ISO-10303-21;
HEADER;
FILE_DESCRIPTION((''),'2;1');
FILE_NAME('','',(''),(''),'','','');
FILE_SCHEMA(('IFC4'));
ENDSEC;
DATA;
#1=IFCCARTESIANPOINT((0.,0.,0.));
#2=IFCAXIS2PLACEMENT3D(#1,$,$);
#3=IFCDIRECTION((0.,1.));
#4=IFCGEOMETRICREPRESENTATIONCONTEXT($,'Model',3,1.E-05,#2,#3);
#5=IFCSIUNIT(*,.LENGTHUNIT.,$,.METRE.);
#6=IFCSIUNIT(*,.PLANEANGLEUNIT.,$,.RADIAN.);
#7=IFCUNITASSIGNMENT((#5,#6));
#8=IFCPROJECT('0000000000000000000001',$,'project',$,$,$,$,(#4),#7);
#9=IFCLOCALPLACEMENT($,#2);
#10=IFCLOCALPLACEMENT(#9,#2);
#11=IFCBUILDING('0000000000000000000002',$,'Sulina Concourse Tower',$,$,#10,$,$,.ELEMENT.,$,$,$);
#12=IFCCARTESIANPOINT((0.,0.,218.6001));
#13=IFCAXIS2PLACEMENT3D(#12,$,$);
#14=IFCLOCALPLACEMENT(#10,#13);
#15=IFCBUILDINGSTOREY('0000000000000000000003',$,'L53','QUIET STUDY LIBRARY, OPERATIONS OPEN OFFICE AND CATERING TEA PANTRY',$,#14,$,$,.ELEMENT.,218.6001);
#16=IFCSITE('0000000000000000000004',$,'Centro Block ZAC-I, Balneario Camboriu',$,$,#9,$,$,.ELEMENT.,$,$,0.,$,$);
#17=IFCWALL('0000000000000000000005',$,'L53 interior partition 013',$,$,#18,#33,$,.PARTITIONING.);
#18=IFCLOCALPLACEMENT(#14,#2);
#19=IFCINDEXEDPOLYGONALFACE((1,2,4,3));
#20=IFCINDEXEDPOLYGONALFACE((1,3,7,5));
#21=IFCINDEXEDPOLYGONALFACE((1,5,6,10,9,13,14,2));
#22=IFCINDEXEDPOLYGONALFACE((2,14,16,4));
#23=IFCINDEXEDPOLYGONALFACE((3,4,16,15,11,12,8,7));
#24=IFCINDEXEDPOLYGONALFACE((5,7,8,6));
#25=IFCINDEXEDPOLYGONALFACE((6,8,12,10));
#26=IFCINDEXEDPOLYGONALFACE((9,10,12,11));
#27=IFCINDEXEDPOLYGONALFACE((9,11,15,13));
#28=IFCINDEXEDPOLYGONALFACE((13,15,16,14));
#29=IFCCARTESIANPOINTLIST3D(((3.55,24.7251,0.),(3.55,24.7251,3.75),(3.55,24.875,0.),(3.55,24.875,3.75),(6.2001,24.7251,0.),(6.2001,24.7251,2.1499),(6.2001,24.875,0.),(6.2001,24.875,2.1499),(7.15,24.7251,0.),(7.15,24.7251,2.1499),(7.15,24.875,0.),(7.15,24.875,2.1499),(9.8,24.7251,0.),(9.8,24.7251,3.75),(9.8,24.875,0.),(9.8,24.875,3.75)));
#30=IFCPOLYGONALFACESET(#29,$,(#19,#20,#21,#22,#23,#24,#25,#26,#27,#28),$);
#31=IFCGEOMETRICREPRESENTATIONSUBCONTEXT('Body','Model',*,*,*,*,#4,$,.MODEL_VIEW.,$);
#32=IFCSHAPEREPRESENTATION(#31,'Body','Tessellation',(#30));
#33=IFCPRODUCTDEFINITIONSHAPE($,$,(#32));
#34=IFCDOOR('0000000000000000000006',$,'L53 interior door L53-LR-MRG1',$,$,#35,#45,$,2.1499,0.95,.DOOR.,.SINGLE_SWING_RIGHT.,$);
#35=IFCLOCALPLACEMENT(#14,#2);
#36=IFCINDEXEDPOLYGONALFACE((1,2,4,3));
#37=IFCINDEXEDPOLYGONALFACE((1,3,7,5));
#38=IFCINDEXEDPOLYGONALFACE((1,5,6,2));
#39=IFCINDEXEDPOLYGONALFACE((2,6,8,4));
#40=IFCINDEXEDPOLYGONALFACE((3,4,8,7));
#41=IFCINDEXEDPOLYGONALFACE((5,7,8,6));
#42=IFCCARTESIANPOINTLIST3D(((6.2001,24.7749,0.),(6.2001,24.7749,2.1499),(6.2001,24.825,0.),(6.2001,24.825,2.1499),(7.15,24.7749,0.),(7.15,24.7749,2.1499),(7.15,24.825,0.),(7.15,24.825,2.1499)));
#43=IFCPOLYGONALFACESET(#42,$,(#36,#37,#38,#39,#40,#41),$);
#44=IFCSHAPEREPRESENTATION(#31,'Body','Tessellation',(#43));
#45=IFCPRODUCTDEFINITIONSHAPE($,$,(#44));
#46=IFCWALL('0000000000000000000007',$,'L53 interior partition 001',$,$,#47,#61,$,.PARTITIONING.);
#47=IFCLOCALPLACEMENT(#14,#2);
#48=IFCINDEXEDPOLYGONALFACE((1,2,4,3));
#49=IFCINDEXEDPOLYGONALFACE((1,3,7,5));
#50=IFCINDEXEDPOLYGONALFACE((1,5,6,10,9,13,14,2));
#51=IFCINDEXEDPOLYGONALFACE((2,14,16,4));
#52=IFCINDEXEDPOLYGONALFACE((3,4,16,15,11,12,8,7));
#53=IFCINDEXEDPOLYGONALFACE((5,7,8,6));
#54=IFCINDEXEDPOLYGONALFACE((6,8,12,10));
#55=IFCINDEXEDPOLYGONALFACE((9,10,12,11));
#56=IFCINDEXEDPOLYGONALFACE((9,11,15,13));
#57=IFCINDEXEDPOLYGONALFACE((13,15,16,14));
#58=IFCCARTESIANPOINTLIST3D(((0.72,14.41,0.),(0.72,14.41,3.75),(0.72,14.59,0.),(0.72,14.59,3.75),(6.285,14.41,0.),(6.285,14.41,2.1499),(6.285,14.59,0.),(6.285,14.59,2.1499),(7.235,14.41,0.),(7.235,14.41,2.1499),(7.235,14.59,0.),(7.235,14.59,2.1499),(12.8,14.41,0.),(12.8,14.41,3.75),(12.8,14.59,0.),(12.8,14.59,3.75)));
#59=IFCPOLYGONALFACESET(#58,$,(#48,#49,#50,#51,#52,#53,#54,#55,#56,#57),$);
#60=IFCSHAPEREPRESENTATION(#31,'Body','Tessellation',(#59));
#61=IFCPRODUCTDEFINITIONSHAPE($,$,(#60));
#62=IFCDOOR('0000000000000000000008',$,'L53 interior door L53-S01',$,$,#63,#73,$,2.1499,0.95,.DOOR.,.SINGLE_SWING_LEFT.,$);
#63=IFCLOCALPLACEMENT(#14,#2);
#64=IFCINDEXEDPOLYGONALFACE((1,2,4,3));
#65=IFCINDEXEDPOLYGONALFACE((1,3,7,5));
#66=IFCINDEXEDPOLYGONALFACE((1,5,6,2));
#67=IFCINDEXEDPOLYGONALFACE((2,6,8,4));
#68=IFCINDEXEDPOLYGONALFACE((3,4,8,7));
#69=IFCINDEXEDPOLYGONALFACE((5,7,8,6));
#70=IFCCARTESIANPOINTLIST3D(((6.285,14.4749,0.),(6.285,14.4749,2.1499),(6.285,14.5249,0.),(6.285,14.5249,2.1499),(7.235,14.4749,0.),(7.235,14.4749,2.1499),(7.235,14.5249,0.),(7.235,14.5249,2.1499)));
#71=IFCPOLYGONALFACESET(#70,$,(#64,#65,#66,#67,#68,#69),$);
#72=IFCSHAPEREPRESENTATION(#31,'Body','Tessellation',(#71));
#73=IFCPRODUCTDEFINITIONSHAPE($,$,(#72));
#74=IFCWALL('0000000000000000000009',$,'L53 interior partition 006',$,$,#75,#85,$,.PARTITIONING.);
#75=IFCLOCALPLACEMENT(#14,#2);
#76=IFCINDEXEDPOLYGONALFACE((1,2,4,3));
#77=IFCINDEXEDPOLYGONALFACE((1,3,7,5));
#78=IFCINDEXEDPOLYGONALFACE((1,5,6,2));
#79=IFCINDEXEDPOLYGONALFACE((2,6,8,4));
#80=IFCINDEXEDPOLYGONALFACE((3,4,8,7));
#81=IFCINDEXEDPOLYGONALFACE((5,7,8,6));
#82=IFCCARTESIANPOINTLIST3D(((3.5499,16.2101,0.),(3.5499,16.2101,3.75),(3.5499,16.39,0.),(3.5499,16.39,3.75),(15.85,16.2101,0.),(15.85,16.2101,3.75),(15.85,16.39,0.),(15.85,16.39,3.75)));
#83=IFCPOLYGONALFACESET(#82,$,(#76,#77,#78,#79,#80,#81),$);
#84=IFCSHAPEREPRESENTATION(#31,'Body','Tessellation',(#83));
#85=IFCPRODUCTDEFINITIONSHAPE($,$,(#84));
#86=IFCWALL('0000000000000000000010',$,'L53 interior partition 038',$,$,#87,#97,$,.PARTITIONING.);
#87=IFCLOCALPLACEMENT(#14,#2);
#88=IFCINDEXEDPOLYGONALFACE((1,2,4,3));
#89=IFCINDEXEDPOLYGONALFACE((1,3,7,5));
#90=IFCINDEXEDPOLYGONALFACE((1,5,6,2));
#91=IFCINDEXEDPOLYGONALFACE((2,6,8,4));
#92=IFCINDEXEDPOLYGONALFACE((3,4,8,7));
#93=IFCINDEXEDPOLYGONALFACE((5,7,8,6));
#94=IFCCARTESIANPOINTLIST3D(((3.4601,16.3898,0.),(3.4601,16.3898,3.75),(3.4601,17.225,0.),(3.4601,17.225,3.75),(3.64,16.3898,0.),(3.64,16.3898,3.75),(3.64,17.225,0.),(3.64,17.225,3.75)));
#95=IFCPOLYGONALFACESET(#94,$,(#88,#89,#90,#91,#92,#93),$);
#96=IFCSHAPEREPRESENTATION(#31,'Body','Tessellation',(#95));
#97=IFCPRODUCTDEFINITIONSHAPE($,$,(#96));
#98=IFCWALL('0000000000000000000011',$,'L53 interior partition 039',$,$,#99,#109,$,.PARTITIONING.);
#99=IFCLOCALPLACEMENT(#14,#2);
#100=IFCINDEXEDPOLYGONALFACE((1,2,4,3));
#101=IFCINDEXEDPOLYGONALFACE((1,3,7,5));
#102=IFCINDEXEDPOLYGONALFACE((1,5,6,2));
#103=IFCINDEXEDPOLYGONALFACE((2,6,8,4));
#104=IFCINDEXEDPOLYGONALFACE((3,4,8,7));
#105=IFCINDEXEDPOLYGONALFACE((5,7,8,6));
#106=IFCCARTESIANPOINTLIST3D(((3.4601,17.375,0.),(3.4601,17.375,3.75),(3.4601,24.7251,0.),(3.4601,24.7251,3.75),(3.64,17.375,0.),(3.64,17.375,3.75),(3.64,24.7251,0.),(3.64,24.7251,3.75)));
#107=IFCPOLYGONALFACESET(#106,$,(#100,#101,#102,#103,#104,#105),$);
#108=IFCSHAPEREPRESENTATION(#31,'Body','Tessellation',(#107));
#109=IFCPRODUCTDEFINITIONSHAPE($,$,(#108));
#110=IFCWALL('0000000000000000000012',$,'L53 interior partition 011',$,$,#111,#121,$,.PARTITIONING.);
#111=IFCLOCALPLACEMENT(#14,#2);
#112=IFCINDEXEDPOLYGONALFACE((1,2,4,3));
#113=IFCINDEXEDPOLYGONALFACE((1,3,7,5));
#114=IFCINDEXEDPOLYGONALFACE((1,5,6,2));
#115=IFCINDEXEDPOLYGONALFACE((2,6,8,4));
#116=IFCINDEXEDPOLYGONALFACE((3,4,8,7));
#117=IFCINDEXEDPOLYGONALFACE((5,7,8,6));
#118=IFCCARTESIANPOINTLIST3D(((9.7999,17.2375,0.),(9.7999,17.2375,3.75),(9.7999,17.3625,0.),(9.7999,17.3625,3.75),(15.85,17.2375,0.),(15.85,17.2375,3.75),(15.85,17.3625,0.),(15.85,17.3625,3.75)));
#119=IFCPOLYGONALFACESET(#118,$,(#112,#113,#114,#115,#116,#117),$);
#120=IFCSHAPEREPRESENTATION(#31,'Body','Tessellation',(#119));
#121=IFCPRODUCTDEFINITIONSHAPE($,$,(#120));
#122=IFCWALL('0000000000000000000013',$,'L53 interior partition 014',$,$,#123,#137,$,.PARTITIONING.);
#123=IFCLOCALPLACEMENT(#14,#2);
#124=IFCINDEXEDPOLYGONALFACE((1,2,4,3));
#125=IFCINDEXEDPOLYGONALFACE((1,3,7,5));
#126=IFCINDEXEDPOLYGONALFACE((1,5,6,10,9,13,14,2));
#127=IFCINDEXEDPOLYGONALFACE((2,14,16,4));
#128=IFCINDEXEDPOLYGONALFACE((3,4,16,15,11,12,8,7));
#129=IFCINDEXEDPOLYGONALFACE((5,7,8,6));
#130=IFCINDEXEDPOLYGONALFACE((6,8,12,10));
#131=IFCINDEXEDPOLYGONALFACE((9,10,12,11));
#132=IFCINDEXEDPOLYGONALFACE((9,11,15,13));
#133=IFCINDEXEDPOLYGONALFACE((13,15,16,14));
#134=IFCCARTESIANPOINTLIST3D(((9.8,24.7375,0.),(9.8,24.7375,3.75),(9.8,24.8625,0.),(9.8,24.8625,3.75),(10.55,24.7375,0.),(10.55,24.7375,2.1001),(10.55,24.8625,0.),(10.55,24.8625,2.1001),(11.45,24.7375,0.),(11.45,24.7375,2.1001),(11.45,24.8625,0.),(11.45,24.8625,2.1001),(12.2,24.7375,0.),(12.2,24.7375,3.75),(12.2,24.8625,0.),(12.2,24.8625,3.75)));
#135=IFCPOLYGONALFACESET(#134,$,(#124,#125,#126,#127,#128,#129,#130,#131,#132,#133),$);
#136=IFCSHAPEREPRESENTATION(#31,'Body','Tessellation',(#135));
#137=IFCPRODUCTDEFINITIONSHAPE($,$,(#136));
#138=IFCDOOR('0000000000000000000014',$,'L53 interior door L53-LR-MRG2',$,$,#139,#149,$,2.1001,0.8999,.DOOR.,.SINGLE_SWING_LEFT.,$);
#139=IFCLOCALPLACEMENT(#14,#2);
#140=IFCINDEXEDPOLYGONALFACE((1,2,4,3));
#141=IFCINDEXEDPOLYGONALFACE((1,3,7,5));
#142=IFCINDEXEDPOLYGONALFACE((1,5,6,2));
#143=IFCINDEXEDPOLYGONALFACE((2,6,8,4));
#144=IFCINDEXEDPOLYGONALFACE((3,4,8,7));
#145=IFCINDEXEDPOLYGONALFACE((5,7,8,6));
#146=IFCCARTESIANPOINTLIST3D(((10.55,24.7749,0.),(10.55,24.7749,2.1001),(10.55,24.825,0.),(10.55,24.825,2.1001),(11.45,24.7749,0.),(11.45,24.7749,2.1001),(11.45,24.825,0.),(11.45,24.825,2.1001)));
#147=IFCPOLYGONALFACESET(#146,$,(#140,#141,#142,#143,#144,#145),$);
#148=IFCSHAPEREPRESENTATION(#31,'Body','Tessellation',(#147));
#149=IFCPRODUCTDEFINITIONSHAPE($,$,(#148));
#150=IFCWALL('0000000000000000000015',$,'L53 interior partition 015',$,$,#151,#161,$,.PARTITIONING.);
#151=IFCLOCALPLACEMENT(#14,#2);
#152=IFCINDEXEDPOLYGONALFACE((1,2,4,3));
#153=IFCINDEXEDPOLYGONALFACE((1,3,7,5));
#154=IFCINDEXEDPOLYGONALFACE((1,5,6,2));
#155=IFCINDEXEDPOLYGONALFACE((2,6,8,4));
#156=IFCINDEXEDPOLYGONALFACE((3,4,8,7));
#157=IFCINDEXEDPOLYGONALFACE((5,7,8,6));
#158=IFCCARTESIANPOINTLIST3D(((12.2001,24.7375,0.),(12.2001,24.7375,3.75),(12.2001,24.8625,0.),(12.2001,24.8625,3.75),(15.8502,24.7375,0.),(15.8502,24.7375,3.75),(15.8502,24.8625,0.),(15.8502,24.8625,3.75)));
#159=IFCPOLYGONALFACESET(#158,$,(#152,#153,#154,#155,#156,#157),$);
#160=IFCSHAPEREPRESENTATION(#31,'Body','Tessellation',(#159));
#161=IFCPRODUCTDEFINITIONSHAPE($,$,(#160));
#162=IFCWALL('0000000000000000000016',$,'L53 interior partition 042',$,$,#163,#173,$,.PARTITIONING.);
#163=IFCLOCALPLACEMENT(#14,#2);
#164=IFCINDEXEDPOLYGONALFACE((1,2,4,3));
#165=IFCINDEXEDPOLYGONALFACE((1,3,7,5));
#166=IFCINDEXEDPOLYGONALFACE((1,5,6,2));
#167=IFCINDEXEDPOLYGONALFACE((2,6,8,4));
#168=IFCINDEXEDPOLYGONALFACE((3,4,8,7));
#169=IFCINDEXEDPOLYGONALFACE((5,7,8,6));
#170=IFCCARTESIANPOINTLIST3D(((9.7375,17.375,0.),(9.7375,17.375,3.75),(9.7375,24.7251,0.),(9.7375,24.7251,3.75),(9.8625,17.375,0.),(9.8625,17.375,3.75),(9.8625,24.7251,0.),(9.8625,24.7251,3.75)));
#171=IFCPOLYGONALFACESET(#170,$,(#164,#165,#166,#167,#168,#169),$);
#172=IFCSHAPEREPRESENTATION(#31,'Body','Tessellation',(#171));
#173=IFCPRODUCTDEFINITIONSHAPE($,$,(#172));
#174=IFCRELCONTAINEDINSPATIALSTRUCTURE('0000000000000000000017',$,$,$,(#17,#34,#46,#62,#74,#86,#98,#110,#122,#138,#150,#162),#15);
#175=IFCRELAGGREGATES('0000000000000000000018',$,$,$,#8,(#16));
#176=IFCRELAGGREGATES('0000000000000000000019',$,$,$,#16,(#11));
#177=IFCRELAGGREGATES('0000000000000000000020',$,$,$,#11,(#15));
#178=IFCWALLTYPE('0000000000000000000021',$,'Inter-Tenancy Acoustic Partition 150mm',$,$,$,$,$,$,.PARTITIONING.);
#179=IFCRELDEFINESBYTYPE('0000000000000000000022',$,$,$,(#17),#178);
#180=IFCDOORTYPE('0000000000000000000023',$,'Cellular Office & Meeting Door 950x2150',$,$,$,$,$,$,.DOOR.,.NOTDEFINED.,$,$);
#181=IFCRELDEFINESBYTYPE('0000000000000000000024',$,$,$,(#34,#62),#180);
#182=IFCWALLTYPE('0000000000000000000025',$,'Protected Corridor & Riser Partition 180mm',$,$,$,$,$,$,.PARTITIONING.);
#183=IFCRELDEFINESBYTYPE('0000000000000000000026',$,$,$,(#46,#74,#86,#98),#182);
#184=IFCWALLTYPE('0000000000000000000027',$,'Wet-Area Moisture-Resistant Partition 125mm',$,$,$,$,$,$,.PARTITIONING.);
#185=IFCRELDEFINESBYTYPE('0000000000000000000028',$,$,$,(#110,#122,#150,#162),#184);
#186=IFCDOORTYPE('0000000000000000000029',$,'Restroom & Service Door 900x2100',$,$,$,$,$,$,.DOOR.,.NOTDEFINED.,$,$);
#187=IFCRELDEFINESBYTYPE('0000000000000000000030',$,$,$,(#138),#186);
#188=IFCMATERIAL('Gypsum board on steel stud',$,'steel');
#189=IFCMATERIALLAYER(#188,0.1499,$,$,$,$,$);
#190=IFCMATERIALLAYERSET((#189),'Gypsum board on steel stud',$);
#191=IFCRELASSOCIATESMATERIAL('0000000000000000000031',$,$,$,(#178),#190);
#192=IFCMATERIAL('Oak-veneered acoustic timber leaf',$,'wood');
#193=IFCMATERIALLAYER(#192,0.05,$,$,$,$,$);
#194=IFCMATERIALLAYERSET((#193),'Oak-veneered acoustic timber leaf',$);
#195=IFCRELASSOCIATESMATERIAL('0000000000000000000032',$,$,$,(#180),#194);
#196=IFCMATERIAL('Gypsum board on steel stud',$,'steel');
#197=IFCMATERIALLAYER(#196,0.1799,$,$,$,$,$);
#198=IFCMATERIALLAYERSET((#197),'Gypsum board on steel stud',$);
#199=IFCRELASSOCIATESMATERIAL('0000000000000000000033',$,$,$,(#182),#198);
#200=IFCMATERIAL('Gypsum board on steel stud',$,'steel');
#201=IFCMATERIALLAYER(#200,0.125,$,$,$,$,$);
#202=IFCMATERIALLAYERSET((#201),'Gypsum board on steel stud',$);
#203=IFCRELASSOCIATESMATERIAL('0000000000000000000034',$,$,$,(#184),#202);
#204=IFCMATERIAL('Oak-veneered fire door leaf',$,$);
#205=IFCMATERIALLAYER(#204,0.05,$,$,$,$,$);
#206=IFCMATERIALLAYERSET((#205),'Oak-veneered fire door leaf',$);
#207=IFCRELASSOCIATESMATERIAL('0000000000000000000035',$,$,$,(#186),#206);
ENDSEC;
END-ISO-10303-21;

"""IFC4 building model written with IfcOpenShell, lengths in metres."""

from ifc_helpers import new_model, si_unit, direction, frame, frame_2d, origin, place, context, subcontext, project, spatial, rectangle, extrude, material, layer, layer_set, type_object, element, fill, save


model = new_model("IFC4")

# Units and contexts
model_context = context("Model", 3, precision=1e-05, world=origin(), true_north=direction((0.0, 1.0)))
body_context = subcontext(model_context, "Body", "Model", "MODEL_VIEW")
ifc_project = project(units=[si_unit("LENGTHUNIT", "METRE"), si_unit("PLANEANGLEUNIT", "RADIAN")], contexts=[model_context])

# Site, building, storey
site_placement = place(None, origin())
site = spatial("IfcSite", under=ifc_project, at=site_placement, Name="Centro Block ZAC-I, Balneario Camboriu", CompositionType="ELEMENT", RefElevation=0.0)
building_placement = place(site_placement, origin())
building = spatial("IfcBuilding", under=site, at=building_placement, Name="Sulina Concourse Tower", CompositionType="ELEMENT")
storey_placement = place(building_placement, frame((0.0, 0.0, 218.6001)))
storey = spatial("IfcBuildingStorey", under=building, at=storey_placement, Name="L53", Description="QUIET STUDY LIBRARY, OPERATIONS OPEN OFFICE AND CATERING TEA PANTRY", CompositionType="ELEMENT", Elevation=218.6001)

# Shared definitions
ifc_material_1 = material(Name="Gypsum board on steel stud", Category="steel")
ifc_layer_1 = layer(ifc_material_1, 0.1499)
ifc_layer_set_1 = layer_set([ifc_layer_1], Name="Gypsum board on steel stud")
wall_type_1 = type_object("IfcWallType", Name="Inter-Tenancy Acoustic Partition 150mm", PredefinedType="PARTITIONING", material=ifc_layer_set_1)

# Walls, openings, doors
wall_1_placement = place(storey_placement, frame((3.55, 24.8, 0.0), z_axis=(0.0, 0.0, 1.0), x_axis=(1.0, 0.0, 0.0)))
wall_1 = element("IfcWall", 1, at=wall_1_placement, inside=storey, type_object=wall_type_1, Name="L53 interior partition 013", PredefinedType="PARTITIONING", context=body_context, shape_type="SweptSolid", body=[
    extrude(rectangle(XDim=6.25, YDim=0.1499, at=frame_2d((3.125, 0.0))), origin(), (0.0, 0.0, 1.0), 3.75),
])
opening_1_placement = place(wall_1_placement, frame((2.6499, 0.0, 0.0)))
opening_1 = element("IfcOpeningElement", 2, at=opening_1_placement, cuts=wall_1, PredefinedType="OPENING", context=body_context, shape_type="SweptSolid", body=[
    extrude(rectangle(XDim=0.95, YDim=2.1499, at=frame_2d((0.4751, 1.075))), frame((0.0, 0.085, 0.0), z_axis=(0.0, -1.0, 0.0), x_axis=(1.0, 0.0, 0.0)), (0.0, 0.0, 1.0), 0.1699),
])
ifc_material_2 = material(Name="Oak-veneered acoustic timber leaf", Category="wood")
ifc_layer_2 = layer(ifc_material_2, 0.05)
ifc_layer_set_2 = layer_set([ifc_layer_2], Name="Oak-veneered acoustic timber leaf")
door_type_1 = type_object("IfcDoorType", Name="Cellular Office & Meeting Door 950x2150", OperationType="NOTDEFINED", PredefinedType="DOOR", material=ifc_layer_set_2)
door_1_placement = place(opening_1_placement, origin())
door_1 = element("IfcDoor", 3, at=door_1_placement, inside=storey, type_object=door_type_1, Name="L53 interior door L53-LR-MRG1", OperationType="SINGLE_SWING_RIGHT", OverallHeight=2.1499, OverallWidth=0.95, PredefinedType="DOOR", context=body_context, shape_type="SweptSolid", body=[
    extrude(rectangle(XDim=0.95, YDim=2.1499, at=frame_2d((0.4751, 1.075))), frame((0.0, 0.0249, 0.0), z_axis=(0.0, -1.0, 0.0), x_axis=(1.0, 0.0, 0.0)), (0.0, 0.0, 1.0), 0.05),
])
fill(opening_1, door_1)
ifc_material_3 = material(Name="Gypsum board on steel stud", Category="steel")
ifc_layer_3 = layer(ifc_material_3, 0.1799)
ifc_layer_set_3 = layer_set([ifc_layer_3], Name="Gypsum board on steel stud")
wall_type_2 = type_object("IfcWallType", Name="Protected Corridor & Riser Partition 180mm", PredefinedType="PARTITIONING", material=ifc_layer_set_3)
wall_2_placement = place(storey_placement, frame((0.72, 14.5, 0.0), z_axis=(0.0, 0.0, 1.0), x_axis=(1.0, 0.0, 0.0)))
wall_2 = element("IfcWall", 4, at=wall_2_placement, inside=storey, type_object=wall_type_2, Name="L53 interior partition 001", PredefinedType="PARTITIONING", context=body_context, shape_type="SweptSolid", body=[
    extrude(rectangle(XDim=12.0801, YDim=0.1799, at=frame_2d((6.04, 0.0))), origin(), (0.0, 0.0, 1.0), 3.75),
])
opening_2_placement = place(wall_2_placement, frame((5.5649, 0.0, 0.0)))
opening_2 = element("IfcOpeningElement", 5, at=opening_2_placement, cuts=wall_2, PredefinedType="OPENING", context=body_context, shape_type="SweptSolid", body=[
    extrude(rectangle(XDim=0.95, YDim=2.1499, at=frame_2d((0.4751, 1.075))), frame((0.0, 0.0999, 0.0), z_axis=(0.0, -1.0, 0.0), x_axis=(1.0, 0.0, 0.0)), (0.0, 0.0, 1.0), 0.2),
])
door_2_placement = place(opening_2_placement, origin())
door_2 = element("IfcDoor", 6, at=door_2_placement, inside=storey, type_object=door_type_1, Name="L53 interior door L53-S01", OperationType="SINGLE_SWING_LEFT", OverallHeight=2.1499, OverallWidth=0.95, PredefinedType="DOOR", context=body_context, shape_type="SweptSolid", body=[
    extrude(rectangle(XDim=0.95, YDim=2.1499, at=frame_2d((0.4751, 1.075))), frame((0.0, 0.0249, 0.0), z_axis=(0.0, -1.0, 0.0), x_axis=(1.0, 0.0, 0.0)), (0.0, 0.0, 1.0), 0.05),
])
fill(opening_2, door_2)

# Walls
wall_3_placement = place(storey_placement, frame((3.55, 16.3, 0.0), z_axis=(0.0, 0.0, 1.0), x_axis=(1.0, 0.0, 0.0)))
element("IfcWall", 7, at=wall_3_placement, inside=storey, type_object=wall_type_2, Name="L53 interior partition 006", PredefinedType="PARTITIONING", context=body_context, shape_type="SweptSolid", body=[
    extrude(rectangle(XDim=12.3, YDim=0.1799, at=frame_2d((6.1499, 0.0))), origin(), (0.0, 0.0, 1.0), 3.75),
])
wall_4_placement = place(storey_placement, frame((3.55, 16.3899, 0.0), z_axis=(0.0, 0.0, 1.0), x_axis=(0.0, 1.0, 0.0)))
element("IfcWall", 8, at=wall_4_placement, inside=storey, type_object=wall_type_2, Name="L53 interior partition 038", PredefinedType="PARTITIONING", context=body_context, shape_type="SweptSolid", body=[
    extrude(rectangle(XDim=0.8352, YDim=0.1799, at=frame_2d((0.4175, 0.0))), origin(), (0.0, 0.0, 1.0), 3.75),
])
wall_5_placement = place(storey_placement, frame((3.55, 17.375, 0.0), z_axis=(0.0, 0.0, 1.0), x_axis=(0.0, 1.0, 0.0)))
element("IfcWall", 9, at=wall_5_placement, inside=storey, type_object=wall_type_2, Name="L53 interior partition 039", PredefinedType="PARTITIONING", context=body_context, shape_type="SweptSolid", body=[
    extrude(rectangle(XDim=7.3501, YDim=0.1799, at=frame_2d((3.675, 0.0))), origin(), (0.0, 0.0, 1.0), 3.75),
])
ifc_material_4 = material(Name="Gypsum board on steel stud", Category="steel")
ifc_layer_4 = layer(ifc_material_4, 0.125)
ifc_layer_set_4 = layer_set([ifc_layer_4], Name="Gypsum board on steel stud")
wall_type_3 = type_object("IfcWallType", Name="Wet-Area Moisture-Resistant Partition 125mm", PredefinedType="PARTITIONING", material=ifc_layer_set_4)
wall_6_placement = place(storey_placement, frame((9.8, 17.3, 0.0), z_axis=(0.0, 0.0, 1.0), x_axis=(1.0, 0.0, 0.0)))
element("IfcWall", 10, at=wall_6_placement, inside=storey, type_object=wall_type_3, Name="L53 interior partition 011", PredefinedType="PARTITIONING", context=body_context, shape_type="SweptSolid", body=[
    extrude(rectangle(XDim=6.05, YDim=0.125, at=frame_2d((3.0249, 0.0))), origin(), (0.0, 0.0, 1.0), 3.75),
])

# Wall, opening, door
wall_7_placement = place(storey_placement, frame((9.8, 24.8, 0.0), z_axis=(0.0, 0.0, 1.0), x_axis=(1.0, 0.0, 0.0)))
wall_7 = element("IfcWall", 11, at=wall_7_placement, inside=storey, type_object=wall_type_3, Name="L53 interior partition 014", PredefinedType="PARTITIONING", context=body_context, shape_type="SweptSolid", body=[
    extrude(rectangle(XDim=2.3999, YDim=0.125, at=frame_2d((1.2, 0.0))), origin(), (0.0, 0.0, 1.0), 3.75),
])
opening_3_placement = place(wall_7_placement, frame((0.75, 0.0, 0.0)))
opening_3 = element("IfcOpeningElement", 12, at=opening_3_placement, cuts=wall_7, PredefinedType="OPENING", context=body_context, shape_type="SweptSolid", body=[
    extrude(rectangle(XDim=0.8999, YDim=2.1001, at=frame_2d((0.45, 1.05))), frame((0.0, 0.0725, 0.0), z_axis=(0.0, -1.0, 0.0), x_axis=(1.0, 0.0, 0.0)), (0.0, 0.0, 1.0), 0.145),
])
ifc_material_5 = material(Name="Oak-veneered fire door leaf")
ifc_layer_5 = layer(ifc_material_5, 0.05)
ifc_layer_set_5 = layer_set([ifc_layer_5], Name="Oak-veneered fire door leaf")
door_type_2 = type_object("IfcDoorType", Name="Restroom & Service Door 900x2100", OperationType="NOTDEFINED", PredefinedType="DOOR", material=ifc_layer_set_5)
door_3_placement = place(opening_3_placement, origin())
door_3 = element("IfcDoor", 13, at=door_3_placement, inside=storey, type_object=door_type_2, Name="L53 interior door L53-LR-MRG2", OperationType="SINGLE_SWING_LEFT", OverallHeight=2.1001, OverallWidth=0.8999, PredefinedType="DOOR", context=body_context, shape_type="SweptSolid", body=[
    extrude(rectangle(XDim=0.8999, YDim=2.1001, at=frame_2d((0.45, 1.05))), frame((0.0, 0.0249, 0.0), z_axis=(0.0, -1.0, 0.0), x_axis=(1.0, 0.0, 0.0)), (0.0, 0.0, 1.0), 0.05),
])
fill(opening_3, door_3)

# Walls
wall_8_placement = place(storey_placement, frame((12.2, 24.8, 0.0), z_axis=(0.0, 0.0, 1.0), x_axis=(1.0, 0.0, 0.0)))
element("IfcWall", 14, at=wall_8_placement, inside=storey, type_object=wall_type_3, Name="L53 interior partition 015", PredefinedType="PARTITIONING", context=body_context, shape_type="SweptSolid", body=[
    extrude(rectangle(XDim=3.6501, YDim=0.125, at=frame_2d((1.8252, 0.0))), origin(), (0.0, 0.0, 1.0), 3.75),
])
wall_9_placement = place(storey_placement, frame((9.8, 17.375, 0.0), z_axis=(0.0, 0.0, 1.0), x_axis=(0.0, 1.0, 0.0)))
element("IfcWall", 15, at=wall_9_placement, inside=storey, type_object=wall_type_3, Name="L53 interior partition 042", PredefinedType="PARTITIONING", context=body_context, shape_type="SweptSolid", body=[
    extrude(rectangle(XDim=7.3501, YDim=0.125, at=frame_2d((3.675, 0.0))), origin(), (0.0, 0.0, 1.0), 3.75),
])

save(model, "model.ifc")
